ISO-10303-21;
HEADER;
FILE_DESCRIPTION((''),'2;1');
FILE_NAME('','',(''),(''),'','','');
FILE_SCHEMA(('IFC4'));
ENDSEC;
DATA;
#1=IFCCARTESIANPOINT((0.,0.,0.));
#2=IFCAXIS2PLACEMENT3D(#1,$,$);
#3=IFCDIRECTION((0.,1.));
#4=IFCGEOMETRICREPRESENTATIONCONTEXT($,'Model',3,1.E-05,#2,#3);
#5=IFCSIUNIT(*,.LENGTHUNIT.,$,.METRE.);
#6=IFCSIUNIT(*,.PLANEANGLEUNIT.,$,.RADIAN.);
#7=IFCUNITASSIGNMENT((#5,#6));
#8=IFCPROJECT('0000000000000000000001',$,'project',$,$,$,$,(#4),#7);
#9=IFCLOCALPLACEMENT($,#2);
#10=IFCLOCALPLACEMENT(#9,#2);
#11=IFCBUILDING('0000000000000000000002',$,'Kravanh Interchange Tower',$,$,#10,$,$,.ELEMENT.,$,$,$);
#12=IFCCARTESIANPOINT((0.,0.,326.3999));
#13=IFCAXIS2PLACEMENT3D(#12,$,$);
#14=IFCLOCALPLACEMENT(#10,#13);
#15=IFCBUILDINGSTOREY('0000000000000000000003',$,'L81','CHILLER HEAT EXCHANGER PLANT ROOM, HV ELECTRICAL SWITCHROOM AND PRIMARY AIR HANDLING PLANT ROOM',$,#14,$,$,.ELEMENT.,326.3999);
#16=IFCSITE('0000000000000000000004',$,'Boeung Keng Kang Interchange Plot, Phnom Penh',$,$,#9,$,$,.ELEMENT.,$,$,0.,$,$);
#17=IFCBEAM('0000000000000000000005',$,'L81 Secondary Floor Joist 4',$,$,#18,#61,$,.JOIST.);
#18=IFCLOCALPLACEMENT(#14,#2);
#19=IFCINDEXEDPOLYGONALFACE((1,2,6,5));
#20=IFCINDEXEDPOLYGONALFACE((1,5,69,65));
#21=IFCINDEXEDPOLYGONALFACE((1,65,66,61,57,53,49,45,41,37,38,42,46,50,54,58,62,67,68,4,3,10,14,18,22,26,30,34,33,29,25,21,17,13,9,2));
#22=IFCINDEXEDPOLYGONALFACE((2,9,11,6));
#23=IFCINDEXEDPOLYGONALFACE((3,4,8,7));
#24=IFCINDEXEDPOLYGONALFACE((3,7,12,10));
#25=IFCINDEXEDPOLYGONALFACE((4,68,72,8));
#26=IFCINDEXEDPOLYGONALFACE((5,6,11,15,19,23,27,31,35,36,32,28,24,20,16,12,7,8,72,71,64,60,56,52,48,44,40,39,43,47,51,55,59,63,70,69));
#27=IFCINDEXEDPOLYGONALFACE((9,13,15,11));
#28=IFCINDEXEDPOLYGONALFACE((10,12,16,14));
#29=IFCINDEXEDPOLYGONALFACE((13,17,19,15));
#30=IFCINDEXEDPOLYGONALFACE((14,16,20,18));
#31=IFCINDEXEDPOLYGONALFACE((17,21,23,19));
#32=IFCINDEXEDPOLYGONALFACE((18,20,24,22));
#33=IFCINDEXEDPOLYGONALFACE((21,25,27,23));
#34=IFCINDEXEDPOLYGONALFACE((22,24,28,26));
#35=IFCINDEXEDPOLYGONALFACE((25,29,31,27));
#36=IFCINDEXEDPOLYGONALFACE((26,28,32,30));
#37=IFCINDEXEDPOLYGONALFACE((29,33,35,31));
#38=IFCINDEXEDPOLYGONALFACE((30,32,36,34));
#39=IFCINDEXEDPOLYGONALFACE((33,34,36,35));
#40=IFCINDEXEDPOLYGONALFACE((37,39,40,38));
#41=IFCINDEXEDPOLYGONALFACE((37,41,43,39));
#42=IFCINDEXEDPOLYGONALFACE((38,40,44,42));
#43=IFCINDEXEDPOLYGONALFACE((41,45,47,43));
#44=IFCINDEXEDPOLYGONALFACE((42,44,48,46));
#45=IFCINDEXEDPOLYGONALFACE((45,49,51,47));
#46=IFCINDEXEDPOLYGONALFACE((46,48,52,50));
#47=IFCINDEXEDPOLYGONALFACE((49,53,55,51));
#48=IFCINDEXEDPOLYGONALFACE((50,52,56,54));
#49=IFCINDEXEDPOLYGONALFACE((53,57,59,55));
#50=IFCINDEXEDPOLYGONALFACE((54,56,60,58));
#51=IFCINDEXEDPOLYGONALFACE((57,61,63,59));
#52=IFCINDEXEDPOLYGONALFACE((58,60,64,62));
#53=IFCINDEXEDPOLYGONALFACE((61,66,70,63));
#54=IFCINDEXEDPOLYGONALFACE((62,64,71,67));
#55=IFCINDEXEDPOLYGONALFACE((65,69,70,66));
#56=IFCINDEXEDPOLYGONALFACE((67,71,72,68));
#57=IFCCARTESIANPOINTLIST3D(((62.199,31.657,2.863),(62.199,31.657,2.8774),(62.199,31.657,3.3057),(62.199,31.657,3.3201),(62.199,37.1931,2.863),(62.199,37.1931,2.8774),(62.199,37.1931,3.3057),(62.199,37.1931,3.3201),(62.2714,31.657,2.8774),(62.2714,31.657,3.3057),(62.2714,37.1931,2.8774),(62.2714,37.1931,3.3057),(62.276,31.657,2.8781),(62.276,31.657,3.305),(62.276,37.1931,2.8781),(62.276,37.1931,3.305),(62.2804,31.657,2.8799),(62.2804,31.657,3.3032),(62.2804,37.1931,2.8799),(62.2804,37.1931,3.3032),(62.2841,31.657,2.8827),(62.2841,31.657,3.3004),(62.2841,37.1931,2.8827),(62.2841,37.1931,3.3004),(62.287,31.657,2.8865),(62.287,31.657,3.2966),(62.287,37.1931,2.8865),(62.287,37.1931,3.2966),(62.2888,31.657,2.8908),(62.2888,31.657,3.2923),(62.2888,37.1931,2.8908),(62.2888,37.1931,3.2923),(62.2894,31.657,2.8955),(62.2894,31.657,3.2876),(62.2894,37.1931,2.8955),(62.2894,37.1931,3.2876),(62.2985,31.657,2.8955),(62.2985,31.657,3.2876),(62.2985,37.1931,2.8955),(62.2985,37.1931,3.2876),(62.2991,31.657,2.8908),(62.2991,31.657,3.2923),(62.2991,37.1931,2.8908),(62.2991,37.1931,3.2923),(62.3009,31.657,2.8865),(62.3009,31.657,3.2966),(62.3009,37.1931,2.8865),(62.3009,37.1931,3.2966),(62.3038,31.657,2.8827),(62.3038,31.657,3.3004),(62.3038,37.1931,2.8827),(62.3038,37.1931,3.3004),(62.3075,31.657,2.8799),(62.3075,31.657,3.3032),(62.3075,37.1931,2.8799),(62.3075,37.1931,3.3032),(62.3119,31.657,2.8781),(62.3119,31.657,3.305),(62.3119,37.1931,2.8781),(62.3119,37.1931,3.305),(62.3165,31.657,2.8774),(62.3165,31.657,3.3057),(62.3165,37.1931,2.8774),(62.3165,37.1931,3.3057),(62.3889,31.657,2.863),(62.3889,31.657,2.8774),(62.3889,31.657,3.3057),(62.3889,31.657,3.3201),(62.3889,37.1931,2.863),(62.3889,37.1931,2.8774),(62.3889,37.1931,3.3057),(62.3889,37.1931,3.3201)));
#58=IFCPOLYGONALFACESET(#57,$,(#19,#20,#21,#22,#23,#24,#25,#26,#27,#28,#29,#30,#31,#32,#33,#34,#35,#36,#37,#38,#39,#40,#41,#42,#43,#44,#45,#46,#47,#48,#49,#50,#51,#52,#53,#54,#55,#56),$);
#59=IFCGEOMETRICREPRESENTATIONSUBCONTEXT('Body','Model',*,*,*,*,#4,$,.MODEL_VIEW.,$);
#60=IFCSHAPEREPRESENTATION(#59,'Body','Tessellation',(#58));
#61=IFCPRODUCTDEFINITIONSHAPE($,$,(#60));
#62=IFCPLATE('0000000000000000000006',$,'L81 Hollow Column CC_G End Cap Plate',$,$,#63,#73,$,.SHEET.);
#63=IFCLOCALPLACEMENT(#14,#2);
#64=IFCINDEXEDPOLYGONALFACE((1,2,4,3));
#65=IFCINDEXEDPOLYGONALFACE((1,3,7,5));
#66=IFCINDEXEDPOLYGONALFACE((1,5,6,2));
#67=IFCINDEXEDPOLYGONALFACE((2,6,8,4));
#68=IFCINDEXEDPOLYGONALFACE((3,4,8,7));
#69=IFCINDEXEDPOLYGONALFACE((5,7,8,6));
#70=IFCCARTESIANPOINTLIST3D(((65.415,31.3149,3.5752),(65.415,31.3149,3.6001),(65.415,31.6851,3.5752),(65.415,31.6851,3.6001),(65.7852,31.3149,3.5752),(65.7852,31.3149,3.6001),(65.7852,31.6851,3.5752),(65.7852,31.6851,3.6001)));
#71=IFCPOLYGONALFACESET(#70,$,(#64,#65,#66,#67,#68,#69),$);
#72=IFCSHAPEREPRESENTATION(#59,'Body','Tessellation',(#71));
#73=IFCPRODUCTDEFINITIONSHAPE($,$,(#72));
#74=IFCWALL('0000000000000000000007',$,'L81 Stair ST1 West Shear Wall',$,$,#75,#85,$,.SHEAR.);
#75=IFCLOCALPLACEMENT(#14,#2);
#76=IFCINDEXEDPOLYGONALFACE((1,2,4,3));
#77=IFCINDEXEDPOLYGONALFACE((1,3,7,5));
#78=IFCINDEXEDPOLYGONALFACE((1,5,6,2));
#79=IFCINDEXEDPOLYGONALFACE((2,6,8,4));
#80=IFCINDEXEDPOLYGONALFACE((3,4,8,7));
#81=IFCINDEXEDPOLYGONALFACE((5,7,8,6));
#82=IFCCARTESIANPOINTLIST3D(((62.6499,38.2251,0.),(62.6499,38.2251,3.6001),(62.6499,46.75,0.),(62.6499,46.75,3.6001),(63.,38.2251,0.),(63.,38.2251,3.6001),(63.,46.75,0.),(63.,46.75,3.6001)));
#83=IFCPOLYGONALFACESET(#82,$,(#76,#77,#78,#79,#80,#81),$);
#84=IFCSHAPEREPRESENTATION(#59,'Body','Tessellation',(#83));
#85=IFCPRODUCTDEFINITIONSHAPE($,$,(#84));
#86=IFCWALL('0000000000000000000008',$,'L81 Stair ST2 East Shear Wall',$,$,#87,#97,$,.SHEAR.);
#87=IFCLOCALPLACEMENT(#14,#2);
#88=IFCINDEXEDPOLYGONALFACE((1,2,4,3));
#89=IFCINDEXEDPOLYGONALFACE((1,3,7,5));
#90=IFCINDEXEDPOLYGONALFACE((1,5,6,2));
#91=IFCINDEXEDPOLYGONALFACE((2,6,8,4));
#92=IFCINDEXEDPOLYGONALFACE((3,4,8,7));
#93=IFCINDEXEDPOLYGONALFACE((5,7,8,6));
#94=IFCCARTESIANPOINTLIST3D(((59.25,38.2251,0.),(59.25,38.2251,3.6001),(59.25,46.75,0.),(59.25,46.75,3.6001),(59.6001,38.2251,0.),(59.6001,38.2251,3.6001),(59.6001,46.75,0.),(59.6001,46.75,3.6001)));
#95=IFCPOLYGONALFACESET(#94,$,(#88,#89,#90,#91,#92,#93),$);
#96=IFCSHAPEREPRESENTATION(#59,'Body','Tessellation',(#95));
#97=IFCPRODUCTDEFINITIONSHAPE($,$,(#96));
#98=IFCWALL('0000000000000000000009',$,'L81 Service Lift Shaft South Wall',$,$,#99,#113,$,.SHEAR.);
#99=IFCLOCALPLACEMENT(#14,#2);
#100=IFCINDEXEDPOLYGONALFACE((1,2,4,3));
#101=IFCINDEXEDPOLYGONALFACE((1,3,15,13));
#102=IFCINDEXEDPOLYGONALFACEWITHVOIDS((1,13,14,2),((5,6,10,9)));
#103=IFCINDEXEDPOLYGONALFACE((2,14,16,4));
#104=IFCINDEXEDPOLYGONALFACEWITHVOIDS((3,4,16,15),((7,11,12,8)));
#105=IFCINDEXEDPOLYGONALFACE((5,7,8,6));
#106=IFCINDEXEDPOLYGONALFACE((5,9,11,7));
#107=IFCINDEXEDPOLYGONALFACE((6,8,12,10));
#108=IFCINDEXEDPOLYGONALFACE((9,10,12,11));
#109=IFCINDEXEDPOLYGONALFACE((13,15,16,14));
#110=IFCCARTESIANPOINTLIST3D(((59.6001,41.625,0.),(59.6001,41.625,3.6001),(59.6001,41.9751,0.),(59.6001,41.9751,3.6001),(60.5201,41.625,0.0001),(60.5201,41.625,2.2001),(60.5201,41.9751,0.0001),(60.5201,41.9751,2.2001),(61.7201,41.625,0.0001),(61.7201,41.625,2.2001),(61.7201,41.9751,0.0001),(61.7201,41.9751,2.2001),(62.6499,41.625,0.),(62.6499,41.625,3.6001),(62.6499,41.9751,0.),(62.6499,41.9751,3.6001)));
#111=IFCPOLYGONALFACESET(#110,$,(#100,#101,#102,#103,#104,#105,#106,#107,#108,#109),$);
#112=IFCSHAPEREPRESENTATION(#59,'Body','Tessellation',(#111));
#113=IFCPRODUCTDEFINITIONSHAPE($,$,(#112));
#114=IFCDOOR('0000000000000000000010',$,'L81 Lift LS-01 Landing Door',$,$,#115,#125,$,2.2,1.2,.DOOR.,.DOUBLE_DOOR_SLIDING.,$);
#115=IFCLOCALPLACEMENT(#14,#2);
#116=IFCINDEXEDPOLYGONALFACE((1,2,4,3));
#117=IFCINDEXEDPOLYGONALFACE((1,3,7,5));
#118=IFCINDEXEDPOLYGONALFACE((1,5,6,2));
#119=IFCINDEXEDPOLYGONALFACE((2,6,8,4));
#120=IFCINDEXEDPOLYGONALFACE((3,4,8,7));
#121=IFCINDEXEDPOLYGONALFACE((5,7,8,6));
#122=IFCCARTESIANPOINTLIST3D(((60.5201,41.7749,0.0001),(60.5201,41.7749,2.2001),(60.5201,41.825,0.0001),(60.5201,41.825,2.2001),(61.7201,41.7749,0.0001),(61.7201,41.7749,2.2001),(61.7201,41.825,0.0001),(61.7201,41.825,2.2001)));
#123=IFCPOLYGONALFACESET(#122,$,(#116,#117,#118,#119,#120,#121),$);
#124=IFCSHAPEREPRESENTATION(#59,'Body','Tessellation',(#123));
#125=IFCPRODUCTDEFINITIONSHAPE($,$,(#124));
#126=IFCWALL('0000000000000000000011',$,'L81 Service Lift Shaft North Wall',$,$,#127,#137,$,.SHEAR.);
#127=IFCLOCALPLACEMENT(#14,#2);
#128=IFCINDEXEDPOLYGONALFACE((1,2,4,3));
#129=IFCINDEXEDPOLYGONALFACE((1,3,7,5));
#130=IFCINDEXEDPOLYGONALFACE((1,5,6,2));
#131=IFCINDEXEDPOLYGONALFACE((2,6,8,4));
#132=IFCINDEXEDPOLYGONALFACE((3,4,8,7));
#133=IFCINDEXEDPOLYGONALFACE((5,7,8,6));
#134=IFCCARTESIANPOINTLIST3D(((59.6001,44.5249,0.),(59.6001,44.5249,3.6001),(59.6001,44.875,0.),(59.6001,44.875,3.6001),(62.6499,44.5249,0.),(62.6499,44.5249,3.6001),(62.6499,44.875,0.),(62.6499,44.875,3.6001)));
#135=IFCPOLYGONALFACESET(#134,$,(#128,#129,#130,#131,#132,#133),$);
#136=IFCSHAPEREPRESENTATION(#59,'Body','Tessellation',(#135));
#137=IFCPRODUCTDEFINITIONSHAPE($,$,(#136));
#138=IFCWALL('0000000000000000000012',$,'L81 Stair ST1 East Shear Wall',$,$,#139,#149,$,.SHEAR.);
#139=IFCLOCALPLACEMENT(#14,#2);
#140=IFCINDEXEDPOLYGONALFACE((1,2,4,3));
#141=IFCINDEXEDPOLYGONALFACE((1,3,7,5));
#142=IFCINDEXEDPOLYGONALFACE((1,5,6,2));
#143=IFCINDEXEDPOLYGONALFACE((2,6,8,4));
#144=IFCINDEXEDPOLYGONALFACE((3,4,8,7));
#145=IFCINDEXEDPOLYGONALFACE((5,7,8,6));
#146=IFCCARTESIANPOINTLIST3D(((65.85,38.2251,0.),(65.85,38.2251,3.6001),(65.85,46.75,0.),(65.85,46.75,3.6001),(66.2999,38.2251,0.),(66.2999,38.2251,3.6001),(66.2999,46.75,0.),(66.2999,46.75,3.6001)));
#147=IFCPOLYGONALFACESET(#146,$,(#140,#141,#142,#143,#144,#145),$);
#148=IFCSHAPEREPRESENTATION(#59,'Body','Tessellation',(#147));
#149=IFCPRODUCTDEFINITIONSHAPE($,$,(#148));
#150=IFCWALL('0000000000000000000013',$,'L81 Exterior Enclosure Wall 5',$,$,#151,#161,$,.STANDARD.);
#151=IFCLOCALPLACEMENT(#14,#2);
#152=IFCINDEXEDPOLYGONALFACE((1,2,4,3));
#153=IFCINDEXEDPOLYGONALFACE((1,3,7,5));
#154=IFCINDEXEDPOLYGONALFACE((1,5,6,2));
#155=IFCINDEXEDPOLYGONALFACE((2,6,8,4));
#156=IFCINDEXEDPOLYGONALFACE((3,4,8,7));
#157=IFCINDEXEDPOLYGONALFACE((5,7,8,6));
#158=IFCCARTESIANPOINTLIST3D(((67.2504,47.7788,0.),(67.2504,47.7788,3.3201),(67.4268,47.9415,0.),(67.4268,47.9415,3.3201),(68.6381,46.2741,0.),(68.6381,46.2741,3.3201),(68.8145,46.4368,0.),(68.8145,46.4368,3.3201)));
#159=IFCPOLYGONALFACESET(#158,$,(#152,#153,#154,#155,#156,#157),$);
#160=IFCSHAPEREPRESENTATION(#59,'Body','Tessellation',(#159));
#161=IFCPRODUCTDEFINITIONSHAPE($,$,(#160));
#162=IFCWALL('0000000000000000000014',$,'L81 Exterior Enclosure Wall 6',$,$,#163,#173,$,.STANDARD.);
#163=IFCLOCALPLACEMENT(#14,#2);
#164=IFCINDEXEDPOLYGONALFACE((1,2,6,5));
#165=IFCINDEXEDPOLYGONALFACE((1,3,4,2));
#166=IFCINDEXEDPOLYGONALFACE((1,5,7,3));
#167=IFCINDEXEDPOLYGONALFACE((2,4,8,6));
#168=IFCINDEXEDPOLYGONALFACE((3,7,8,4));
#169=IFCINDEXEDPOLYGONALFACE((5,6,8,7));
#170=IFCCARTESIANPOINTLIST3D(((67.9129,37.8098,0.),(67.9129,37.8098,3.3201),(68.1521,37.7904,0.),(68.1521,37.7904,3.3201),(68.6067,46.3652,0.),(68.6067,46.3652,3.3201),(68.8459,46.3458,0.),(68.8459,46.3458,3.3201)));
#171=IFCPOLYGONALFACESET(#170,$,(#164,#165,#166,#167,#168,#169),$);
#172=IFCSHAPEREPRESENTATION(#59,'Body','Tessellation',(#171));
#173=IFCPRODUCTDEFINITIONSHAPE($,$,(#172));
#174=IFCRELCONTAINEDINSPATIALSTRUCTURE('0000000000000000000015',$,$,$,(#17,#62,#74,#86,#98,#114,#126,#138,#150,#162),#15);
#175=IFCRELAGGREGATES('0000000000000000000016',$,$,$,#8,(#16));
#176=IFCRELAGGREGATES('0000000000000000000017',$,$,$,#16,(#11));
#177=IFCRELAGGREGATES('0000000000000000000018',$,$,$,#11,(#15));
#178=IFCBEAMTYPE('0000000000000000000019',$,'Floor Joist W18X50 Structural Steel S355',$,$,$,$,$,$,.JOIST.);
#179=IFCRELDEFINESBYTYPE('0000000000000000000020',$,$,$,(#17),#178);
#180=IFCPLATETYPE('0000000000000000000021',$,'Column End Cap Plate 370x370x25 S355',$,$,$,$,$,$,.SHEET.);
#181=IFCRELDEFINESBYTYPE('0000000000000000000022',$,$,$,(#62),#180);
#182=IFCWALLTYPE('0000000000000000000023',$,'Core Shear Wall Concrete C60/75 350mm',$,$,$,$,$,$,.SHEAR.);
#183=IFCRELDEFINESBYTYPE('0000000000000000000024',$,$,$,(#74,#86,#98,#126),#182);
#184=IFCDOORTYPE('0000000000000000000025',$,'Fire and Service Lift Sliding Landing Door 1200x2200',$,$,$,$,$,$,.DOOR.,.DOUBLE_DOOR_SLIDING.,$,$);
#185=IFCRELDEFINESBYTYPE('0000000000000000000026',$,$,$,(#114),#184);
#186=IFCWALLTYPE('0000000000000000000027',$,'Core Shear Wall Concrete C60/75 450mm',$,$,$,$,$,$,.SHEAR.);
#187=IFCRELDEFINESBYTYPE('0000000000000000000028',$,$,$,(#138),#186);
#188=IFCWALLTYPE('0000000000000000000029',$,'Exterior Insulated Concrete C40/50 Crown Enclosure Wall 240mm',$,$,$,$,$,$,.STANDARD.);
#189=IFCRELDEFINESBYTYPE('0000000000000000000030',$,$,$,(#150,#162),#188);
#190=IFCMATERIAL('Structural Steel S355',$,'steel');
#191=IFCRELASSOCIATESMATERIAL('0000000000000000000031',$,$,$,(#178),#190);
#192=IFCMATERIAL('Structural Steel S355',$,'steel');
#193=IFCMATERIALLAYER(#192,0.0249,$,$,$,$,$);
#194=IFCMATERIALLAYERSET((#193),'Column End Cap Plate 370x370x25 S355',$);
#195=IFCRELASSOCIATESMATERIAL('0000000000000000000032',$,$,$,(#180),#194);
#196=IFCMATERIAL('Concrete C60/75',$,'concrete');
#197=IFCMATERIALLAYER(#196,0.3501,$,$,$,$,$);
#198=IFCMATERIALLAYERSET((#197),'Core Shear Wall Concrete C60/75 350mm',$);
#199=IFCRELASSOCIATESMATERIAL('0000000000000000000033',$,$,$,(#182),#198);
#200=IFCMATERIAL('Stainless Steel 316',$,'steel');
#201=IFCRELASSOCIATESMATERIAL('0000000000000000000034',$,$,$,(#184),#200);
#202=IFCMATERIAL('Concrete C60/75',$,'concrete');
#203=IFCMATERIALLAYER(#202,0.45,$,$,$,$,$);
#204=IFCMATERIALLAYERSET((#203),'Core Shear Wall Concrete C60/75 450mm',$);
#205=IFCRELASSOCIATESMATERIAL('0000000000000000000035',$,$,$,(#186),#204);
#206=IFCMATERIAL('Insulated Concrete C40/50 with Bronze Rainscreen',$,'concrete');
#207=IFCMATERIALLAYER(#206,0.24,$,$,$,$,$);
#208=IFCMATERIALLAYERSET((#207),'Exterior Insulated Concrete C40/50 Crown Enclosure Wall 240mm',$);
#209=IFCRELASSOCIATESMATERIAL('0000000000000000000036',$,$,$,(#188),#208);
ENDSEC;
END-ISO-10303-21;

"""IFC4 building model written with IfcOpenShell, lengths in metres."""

from ifc_helpers import new_model, si_unit, direction, frame, frame_2d, origin, origin_2d, place, context, subcontext, project, spatial, rectangle, i_section, extrude, material, layer, layer_set, material_profile, profile_set, type_object, element, fill, save


model = new_model("IFC4")

# Units and contexts
model_context = context("Model", 3, precision=1e-05, world=origin(), true_north=direction((0.0, 1.0)))
body_context = subcontext(model_context, "Body", "Model", "MODEL_VIEW")
ifc_project = project(units=[si_unit("LENGTHUNIT", "METRE"), si_unit("PLANEANGLEUNIT", "RADIAN")], contexts=[model_context])

# Site, building, storey
site_placement = place(None, origin())
site = spatial("IfcSite", under=ifc_project, at=site_placement, Name="Boeung Keng Kang Interchange Plot, Phnom Penh", CompositionType="ELEMENT", RefElevation=0.0)
building_placement = place(site_placement, origin())
building = spatial("IfcBuilding", under=site, at=building_placement, Name="Kravanh Interchange Tower", CompositionType="ELEMENT")
storey_placement = place(building_placement, frame((0.0, 0.0, 326.3999)))
storey = spatial("IfcBuildingStorey", under=building, at=storey_placement, Name="L81", Description="CHILLER HEAT EXCHANGER PLANT ROOM, HV ELECTRICAL SWITCHROOM AND PRIMARY AIR HANDLING PLANT ROOM", CompositionType="ELEMENT", Elevation=326.3999)

# Beam
ifc_material_1 = material(Name="Structural Steel S355", Category="steel")
ifc_material_profile_1 = material_profile(ifc_material_1, i_section(OverallWidth=0.1899, OverallDepth=0.457, WebThickness=0.009, FlangeThickness=0.0144, FilletRadius=0.0181, at=origin_2d()), Name="W18X50")
ifc_profile_set_1 = profile_set([ifc_material_profile_1], Name="Structural Steel S355")
beam_type_1 = type_object("IfcBeamType", Name="Floor Joist W18X50 Structural Steel S355", PredefinedType="JOIST", material=ifc_profile_set_1)
for number, where, z_axis, x_axis, name in (
    (1, (62.2939, 31.657, 3.0916), (0.0, 1.0, 0.0), (-1.0, 0.0, 0.0), "L81 Secondary Floor Joist 4"),
):
    element("IfcBeam", number, at=place(storey_placement, frame(where, z_axis=z_axis, x_axis=x_axis)), inside=storey, type_object=beam_type_1, Name=name, PredefinedType="JOIST", context=body_context, shape_type="SweptSolid", body=[
        extrude(i_section(OverallWidth=0.1899, OverallDepth=0.457, WebThickness=0.009, FlangeThickness=0.0144, FilletRadius=0.0181, at=origin_2d()), origin(), (0.0, 0.0, 1.0), 5.5361),
    ])

# Plate
ifc_material_2 = material(Name="Structural Steel S355", Category="steel")
ifc_layer_1 = layer(ifc_material_2, 0.0249)
ifc_layer_set_1 = layer_set([ifc_layer_1], Name="Column End Cap Plate 370x370x25 S355")
plate_type = type_object("IfcPlateType", Name="Column End Cap Plate 370x370x25 S355", PredefinedType="SHEET", material=ifc_layer_set_1)
plate_placement = place(storey_placement, frame((65.6001, 31.5, 3.5752), z_axis=(0.0, 0.0, 1.0), x_axis=(1.0, 0.0, 0.0)))
element("IfcPlate", 2, at=plate_placement, inside=storey, type_object=plate_type, Name="L81 Hollow Column CC_G End Cap Plate", PredefinedType="SHEET", context=body_context, shape_type="SweptSolid", body=[
    extrude(rectangle(XDim=0.3701, YDim=0.3701, at=origin_2d()), origin(), (0.0, 0.0, 1.0), 0.0249),
])

# Walls
ifc_material_3 = material(Name="Concrete C60/75", Category="concrete")
ifc_layer_2 = layer(ifc_material_3, 0.3501)
ifc_layer_set_2 = layer_set([ifc_layer_2], Name="Core Shear Wall Concrete C60/75 350mm")
wall_type_1 = type_object("IfcWallType", Name="Core Shear Wall Concrete C60/75 350mm", PredefinedType="SHEAR", material=ifc_layer_set_2)
for number, where, z_axis, x_axis, name in (
    (3, (62.825, 38.2251, 0.0), (0.0, 0.0, 1.0), (0.0, 1.0, 0.0), "L81 Stair ST1 West Shear Wall"),
    (4, (59.425, 38.2251, 0.0), (0.0, 0.0, 1.0), (0.0, 1.0, 0.0), "L81 Stair ST2 East Shear Wall"),
):
    element("IfcWall", number, at=place(storey_placement, frame(where, z_axis=z_axis, x_axis=x_axis)), inside=storey, type_object=wall_type_1, Name=name, PredefinedType="SHEAR", context=body_context, shape_type="SweptSolid", body=[
        extrude(rectangle(XDim=8.5249, YDim=0.3501, at=frame_2d((4.2625, 0.0))), origin(), (0.0, 0.0, 1.0), 3.6001),
    ])

# Wall, opening, door
wall_1_placement = place(storey_placement, frame((59.6001, 41.8, 0.0), z_axis=(0.0, 0.0, 1.0), x_axis=(1.0, 0.0, 0.0)))
wall_1 = element("IfcWall", 5, at=wall_1_placement, inside=storey, type_object=wall_type_1, Name="L81 Service Lift Shaft South Wall", PredefinedType="SHEAR", context=body_context, shape_type="SweptSolid", body=[
    extrude(rectangle(XDim=3.0498, YDim=0.3501, at=frame_2d((1.5249, 0.0))), origin(), (0.0, 0.0, 1.0), 3.6001),
])
opening_1_placement = place(wall_1_placement, frame((0.9199, 0.0, 0.0)))
opening_1 = element("IfcOpeningElement", 6, at=opening_1_placement, cuts=wall_1, PredefinedType="OPENING", context=body_context, shape_type="SweptSolid", body=[
    extrude(rectangle(XDim=1.2, YDim=2.2, at=frame_2d((0.6001, 1.1001))), frame((0.0, 0.1851, 0.0), z_axis=(0.0, -1.0, 0.0), x_axis=(1.0, 0.0, 0.0)), (0.0, 0.0, 1.0), 0.3701),
])
ifc_material_4 = material(Name="Stainless Steel 316", Category="steel")
door_type = type_object("IfcDoorType", Name="Fire and Service Lift Sliding Landing Door 1200x2200", OperationType="DOUBLE_DOOR_SLIDING", PredefinedType="DOOR", material=ifc_material_4)
door_placement = place(opening_1_placement, origin())
door = element("IfcDoor", 7, at=door_placement, inside=storey, type_object=door_type, Name="L81 Lift LS-01 Landing Door", OperationType="DOUBLE_DOOR_SLIDING", OverallHeight=2.2, OverallWidth=1.2, PredefinedType="DOOR", context=body_context, shape_type="SweptSolid", body=[
    extrude(rectangle(XDim=1.2, YDim=2.2, at=frame_2d((0.6001, 1.1001))), frame((0.0, 0.0249, 0.0), z_axis=(0.0, -1.0, 0.0), x_axis=(1.0, 0.0, 0.0)), (0.0, 0.0, 1.0), 0.05),
])
fill(opening_1, door)

# Walls
wall_2_placement = place(storey_placement, frame((59.6001, 44.7, 0.0), z_axis=(0.0, 0.0, 1.0), x_axis=(1.0, 0.0, 0.0)))
element("IfcWall", 8, at=wall_2_placement, inside=storey, type_object=wall_type_1, Name="L81 Service Lift Shaft North Wall", PredefinedType="SHEAR", context=body_context, shape_type="SweptSolid", body=[
    extrude(rectangle(XDim=3.0498, YDim=0.3501, at=frame_2d((1.5249, 0.0))), origin(), (0.0, 0.0, 1.0), 3.6001),
])
ifc_material_5 = material(Name="Concrete C60/75", Category="concrete")
ifc_layer_3 = layer(ifc_material_5, 0.45)
ifc_layer_set_3 = layer_set([ifc_layer_3], Name="Core Shear Wall Concrete C60/75 450mm")
wall_type_2 = type_object("IfcWallType", Name="Core Shear Wall Concrete C60/75 450mm", PredefinedType="SHEAR", material=ifc_layer_set_3)
wall_3_placement = place(storey_placement, frame((66.075, 38.2251, 0.0), z_axis=(0.0, 0.0, 1.0), x_axis=(0.0, 1.0, 0.0)))
element("IfcWall", 9, at=wall_3_placement, inside=storey, type_object=wall_type_2, Name="L81 Stair ST1 East Shear Wall", PredefinedType="SHEAR", context=body_context, shape_type="SweptSolid", body=[
    extrude(rectangle(XDim=8.5249, YDim=0.45, at=frame_2d((4.2625, 0.0))), origin(), (0.0, 0.0, 1.0), 3.6001),
])
ifc_material_6 = material(Name="Insulated Concrete C40/50 with Bronze Rainscreen", Category="concrete")
ifc_layer_4 = layer(ifc_material_6, 0.24)
ifc_layer_set_4 = layer_set([ifc_layer_4], Name="Exterior Insulated Concrete C40/50 Crown Enclosure Wall 240mm")
wall_type_3 = type_object("IfcWallType", Name="Exterior Insulated Concrete C40/50 Crown Enclosure Wall 240mm", PredefinedType="STANDARD", material=ifc_layer_set_4)
wall_4_placement = place(storey_placement, frame((67.3386, 47.8601, 0.0), z_axis=(0.0, 0.0, 1.0), x_axis=(0.677963, -0.735096, 0.0)))
element("IfcWall", 10, at=wall_4_placement, inside=storey, type_object=wall_type_3, Name="L81 Exterior Enclosure Wall 5", PredefinedType="STANDARD", context=body_context, shape_type="SweptSolid", body=[
    extrude(rectangle(XDim=2.0469, YDim=0.24, at=frame_2d((1.0234, 0.0))), origin(), (0.0, 0.0, 1.0), 3.3201),
])
wall_5_placement = place(storey_placement, frame((68.7263, 46.3555, 0.0), z_axis=(0.0, 0.0, 1.0), x_axis=(-0.080835, -0.996727, 0.0)))
element("IfcWall", 11, at=wall_5_placement, inside=storey, type_object=wall_type_3, Name="L81 Exterior Enclosure Wall 6", PredefinedType="STANDARD", context=body_context, shape_type="SweptSolid", body=[
    extrude(rectangle(XDim=8.5835, YDim=0.24, at=frame_2d((4.2917, 0.0))), origin(), (0.0, 0.0, 1.0), 3.3201),
])

save(model, "model.ifc")
